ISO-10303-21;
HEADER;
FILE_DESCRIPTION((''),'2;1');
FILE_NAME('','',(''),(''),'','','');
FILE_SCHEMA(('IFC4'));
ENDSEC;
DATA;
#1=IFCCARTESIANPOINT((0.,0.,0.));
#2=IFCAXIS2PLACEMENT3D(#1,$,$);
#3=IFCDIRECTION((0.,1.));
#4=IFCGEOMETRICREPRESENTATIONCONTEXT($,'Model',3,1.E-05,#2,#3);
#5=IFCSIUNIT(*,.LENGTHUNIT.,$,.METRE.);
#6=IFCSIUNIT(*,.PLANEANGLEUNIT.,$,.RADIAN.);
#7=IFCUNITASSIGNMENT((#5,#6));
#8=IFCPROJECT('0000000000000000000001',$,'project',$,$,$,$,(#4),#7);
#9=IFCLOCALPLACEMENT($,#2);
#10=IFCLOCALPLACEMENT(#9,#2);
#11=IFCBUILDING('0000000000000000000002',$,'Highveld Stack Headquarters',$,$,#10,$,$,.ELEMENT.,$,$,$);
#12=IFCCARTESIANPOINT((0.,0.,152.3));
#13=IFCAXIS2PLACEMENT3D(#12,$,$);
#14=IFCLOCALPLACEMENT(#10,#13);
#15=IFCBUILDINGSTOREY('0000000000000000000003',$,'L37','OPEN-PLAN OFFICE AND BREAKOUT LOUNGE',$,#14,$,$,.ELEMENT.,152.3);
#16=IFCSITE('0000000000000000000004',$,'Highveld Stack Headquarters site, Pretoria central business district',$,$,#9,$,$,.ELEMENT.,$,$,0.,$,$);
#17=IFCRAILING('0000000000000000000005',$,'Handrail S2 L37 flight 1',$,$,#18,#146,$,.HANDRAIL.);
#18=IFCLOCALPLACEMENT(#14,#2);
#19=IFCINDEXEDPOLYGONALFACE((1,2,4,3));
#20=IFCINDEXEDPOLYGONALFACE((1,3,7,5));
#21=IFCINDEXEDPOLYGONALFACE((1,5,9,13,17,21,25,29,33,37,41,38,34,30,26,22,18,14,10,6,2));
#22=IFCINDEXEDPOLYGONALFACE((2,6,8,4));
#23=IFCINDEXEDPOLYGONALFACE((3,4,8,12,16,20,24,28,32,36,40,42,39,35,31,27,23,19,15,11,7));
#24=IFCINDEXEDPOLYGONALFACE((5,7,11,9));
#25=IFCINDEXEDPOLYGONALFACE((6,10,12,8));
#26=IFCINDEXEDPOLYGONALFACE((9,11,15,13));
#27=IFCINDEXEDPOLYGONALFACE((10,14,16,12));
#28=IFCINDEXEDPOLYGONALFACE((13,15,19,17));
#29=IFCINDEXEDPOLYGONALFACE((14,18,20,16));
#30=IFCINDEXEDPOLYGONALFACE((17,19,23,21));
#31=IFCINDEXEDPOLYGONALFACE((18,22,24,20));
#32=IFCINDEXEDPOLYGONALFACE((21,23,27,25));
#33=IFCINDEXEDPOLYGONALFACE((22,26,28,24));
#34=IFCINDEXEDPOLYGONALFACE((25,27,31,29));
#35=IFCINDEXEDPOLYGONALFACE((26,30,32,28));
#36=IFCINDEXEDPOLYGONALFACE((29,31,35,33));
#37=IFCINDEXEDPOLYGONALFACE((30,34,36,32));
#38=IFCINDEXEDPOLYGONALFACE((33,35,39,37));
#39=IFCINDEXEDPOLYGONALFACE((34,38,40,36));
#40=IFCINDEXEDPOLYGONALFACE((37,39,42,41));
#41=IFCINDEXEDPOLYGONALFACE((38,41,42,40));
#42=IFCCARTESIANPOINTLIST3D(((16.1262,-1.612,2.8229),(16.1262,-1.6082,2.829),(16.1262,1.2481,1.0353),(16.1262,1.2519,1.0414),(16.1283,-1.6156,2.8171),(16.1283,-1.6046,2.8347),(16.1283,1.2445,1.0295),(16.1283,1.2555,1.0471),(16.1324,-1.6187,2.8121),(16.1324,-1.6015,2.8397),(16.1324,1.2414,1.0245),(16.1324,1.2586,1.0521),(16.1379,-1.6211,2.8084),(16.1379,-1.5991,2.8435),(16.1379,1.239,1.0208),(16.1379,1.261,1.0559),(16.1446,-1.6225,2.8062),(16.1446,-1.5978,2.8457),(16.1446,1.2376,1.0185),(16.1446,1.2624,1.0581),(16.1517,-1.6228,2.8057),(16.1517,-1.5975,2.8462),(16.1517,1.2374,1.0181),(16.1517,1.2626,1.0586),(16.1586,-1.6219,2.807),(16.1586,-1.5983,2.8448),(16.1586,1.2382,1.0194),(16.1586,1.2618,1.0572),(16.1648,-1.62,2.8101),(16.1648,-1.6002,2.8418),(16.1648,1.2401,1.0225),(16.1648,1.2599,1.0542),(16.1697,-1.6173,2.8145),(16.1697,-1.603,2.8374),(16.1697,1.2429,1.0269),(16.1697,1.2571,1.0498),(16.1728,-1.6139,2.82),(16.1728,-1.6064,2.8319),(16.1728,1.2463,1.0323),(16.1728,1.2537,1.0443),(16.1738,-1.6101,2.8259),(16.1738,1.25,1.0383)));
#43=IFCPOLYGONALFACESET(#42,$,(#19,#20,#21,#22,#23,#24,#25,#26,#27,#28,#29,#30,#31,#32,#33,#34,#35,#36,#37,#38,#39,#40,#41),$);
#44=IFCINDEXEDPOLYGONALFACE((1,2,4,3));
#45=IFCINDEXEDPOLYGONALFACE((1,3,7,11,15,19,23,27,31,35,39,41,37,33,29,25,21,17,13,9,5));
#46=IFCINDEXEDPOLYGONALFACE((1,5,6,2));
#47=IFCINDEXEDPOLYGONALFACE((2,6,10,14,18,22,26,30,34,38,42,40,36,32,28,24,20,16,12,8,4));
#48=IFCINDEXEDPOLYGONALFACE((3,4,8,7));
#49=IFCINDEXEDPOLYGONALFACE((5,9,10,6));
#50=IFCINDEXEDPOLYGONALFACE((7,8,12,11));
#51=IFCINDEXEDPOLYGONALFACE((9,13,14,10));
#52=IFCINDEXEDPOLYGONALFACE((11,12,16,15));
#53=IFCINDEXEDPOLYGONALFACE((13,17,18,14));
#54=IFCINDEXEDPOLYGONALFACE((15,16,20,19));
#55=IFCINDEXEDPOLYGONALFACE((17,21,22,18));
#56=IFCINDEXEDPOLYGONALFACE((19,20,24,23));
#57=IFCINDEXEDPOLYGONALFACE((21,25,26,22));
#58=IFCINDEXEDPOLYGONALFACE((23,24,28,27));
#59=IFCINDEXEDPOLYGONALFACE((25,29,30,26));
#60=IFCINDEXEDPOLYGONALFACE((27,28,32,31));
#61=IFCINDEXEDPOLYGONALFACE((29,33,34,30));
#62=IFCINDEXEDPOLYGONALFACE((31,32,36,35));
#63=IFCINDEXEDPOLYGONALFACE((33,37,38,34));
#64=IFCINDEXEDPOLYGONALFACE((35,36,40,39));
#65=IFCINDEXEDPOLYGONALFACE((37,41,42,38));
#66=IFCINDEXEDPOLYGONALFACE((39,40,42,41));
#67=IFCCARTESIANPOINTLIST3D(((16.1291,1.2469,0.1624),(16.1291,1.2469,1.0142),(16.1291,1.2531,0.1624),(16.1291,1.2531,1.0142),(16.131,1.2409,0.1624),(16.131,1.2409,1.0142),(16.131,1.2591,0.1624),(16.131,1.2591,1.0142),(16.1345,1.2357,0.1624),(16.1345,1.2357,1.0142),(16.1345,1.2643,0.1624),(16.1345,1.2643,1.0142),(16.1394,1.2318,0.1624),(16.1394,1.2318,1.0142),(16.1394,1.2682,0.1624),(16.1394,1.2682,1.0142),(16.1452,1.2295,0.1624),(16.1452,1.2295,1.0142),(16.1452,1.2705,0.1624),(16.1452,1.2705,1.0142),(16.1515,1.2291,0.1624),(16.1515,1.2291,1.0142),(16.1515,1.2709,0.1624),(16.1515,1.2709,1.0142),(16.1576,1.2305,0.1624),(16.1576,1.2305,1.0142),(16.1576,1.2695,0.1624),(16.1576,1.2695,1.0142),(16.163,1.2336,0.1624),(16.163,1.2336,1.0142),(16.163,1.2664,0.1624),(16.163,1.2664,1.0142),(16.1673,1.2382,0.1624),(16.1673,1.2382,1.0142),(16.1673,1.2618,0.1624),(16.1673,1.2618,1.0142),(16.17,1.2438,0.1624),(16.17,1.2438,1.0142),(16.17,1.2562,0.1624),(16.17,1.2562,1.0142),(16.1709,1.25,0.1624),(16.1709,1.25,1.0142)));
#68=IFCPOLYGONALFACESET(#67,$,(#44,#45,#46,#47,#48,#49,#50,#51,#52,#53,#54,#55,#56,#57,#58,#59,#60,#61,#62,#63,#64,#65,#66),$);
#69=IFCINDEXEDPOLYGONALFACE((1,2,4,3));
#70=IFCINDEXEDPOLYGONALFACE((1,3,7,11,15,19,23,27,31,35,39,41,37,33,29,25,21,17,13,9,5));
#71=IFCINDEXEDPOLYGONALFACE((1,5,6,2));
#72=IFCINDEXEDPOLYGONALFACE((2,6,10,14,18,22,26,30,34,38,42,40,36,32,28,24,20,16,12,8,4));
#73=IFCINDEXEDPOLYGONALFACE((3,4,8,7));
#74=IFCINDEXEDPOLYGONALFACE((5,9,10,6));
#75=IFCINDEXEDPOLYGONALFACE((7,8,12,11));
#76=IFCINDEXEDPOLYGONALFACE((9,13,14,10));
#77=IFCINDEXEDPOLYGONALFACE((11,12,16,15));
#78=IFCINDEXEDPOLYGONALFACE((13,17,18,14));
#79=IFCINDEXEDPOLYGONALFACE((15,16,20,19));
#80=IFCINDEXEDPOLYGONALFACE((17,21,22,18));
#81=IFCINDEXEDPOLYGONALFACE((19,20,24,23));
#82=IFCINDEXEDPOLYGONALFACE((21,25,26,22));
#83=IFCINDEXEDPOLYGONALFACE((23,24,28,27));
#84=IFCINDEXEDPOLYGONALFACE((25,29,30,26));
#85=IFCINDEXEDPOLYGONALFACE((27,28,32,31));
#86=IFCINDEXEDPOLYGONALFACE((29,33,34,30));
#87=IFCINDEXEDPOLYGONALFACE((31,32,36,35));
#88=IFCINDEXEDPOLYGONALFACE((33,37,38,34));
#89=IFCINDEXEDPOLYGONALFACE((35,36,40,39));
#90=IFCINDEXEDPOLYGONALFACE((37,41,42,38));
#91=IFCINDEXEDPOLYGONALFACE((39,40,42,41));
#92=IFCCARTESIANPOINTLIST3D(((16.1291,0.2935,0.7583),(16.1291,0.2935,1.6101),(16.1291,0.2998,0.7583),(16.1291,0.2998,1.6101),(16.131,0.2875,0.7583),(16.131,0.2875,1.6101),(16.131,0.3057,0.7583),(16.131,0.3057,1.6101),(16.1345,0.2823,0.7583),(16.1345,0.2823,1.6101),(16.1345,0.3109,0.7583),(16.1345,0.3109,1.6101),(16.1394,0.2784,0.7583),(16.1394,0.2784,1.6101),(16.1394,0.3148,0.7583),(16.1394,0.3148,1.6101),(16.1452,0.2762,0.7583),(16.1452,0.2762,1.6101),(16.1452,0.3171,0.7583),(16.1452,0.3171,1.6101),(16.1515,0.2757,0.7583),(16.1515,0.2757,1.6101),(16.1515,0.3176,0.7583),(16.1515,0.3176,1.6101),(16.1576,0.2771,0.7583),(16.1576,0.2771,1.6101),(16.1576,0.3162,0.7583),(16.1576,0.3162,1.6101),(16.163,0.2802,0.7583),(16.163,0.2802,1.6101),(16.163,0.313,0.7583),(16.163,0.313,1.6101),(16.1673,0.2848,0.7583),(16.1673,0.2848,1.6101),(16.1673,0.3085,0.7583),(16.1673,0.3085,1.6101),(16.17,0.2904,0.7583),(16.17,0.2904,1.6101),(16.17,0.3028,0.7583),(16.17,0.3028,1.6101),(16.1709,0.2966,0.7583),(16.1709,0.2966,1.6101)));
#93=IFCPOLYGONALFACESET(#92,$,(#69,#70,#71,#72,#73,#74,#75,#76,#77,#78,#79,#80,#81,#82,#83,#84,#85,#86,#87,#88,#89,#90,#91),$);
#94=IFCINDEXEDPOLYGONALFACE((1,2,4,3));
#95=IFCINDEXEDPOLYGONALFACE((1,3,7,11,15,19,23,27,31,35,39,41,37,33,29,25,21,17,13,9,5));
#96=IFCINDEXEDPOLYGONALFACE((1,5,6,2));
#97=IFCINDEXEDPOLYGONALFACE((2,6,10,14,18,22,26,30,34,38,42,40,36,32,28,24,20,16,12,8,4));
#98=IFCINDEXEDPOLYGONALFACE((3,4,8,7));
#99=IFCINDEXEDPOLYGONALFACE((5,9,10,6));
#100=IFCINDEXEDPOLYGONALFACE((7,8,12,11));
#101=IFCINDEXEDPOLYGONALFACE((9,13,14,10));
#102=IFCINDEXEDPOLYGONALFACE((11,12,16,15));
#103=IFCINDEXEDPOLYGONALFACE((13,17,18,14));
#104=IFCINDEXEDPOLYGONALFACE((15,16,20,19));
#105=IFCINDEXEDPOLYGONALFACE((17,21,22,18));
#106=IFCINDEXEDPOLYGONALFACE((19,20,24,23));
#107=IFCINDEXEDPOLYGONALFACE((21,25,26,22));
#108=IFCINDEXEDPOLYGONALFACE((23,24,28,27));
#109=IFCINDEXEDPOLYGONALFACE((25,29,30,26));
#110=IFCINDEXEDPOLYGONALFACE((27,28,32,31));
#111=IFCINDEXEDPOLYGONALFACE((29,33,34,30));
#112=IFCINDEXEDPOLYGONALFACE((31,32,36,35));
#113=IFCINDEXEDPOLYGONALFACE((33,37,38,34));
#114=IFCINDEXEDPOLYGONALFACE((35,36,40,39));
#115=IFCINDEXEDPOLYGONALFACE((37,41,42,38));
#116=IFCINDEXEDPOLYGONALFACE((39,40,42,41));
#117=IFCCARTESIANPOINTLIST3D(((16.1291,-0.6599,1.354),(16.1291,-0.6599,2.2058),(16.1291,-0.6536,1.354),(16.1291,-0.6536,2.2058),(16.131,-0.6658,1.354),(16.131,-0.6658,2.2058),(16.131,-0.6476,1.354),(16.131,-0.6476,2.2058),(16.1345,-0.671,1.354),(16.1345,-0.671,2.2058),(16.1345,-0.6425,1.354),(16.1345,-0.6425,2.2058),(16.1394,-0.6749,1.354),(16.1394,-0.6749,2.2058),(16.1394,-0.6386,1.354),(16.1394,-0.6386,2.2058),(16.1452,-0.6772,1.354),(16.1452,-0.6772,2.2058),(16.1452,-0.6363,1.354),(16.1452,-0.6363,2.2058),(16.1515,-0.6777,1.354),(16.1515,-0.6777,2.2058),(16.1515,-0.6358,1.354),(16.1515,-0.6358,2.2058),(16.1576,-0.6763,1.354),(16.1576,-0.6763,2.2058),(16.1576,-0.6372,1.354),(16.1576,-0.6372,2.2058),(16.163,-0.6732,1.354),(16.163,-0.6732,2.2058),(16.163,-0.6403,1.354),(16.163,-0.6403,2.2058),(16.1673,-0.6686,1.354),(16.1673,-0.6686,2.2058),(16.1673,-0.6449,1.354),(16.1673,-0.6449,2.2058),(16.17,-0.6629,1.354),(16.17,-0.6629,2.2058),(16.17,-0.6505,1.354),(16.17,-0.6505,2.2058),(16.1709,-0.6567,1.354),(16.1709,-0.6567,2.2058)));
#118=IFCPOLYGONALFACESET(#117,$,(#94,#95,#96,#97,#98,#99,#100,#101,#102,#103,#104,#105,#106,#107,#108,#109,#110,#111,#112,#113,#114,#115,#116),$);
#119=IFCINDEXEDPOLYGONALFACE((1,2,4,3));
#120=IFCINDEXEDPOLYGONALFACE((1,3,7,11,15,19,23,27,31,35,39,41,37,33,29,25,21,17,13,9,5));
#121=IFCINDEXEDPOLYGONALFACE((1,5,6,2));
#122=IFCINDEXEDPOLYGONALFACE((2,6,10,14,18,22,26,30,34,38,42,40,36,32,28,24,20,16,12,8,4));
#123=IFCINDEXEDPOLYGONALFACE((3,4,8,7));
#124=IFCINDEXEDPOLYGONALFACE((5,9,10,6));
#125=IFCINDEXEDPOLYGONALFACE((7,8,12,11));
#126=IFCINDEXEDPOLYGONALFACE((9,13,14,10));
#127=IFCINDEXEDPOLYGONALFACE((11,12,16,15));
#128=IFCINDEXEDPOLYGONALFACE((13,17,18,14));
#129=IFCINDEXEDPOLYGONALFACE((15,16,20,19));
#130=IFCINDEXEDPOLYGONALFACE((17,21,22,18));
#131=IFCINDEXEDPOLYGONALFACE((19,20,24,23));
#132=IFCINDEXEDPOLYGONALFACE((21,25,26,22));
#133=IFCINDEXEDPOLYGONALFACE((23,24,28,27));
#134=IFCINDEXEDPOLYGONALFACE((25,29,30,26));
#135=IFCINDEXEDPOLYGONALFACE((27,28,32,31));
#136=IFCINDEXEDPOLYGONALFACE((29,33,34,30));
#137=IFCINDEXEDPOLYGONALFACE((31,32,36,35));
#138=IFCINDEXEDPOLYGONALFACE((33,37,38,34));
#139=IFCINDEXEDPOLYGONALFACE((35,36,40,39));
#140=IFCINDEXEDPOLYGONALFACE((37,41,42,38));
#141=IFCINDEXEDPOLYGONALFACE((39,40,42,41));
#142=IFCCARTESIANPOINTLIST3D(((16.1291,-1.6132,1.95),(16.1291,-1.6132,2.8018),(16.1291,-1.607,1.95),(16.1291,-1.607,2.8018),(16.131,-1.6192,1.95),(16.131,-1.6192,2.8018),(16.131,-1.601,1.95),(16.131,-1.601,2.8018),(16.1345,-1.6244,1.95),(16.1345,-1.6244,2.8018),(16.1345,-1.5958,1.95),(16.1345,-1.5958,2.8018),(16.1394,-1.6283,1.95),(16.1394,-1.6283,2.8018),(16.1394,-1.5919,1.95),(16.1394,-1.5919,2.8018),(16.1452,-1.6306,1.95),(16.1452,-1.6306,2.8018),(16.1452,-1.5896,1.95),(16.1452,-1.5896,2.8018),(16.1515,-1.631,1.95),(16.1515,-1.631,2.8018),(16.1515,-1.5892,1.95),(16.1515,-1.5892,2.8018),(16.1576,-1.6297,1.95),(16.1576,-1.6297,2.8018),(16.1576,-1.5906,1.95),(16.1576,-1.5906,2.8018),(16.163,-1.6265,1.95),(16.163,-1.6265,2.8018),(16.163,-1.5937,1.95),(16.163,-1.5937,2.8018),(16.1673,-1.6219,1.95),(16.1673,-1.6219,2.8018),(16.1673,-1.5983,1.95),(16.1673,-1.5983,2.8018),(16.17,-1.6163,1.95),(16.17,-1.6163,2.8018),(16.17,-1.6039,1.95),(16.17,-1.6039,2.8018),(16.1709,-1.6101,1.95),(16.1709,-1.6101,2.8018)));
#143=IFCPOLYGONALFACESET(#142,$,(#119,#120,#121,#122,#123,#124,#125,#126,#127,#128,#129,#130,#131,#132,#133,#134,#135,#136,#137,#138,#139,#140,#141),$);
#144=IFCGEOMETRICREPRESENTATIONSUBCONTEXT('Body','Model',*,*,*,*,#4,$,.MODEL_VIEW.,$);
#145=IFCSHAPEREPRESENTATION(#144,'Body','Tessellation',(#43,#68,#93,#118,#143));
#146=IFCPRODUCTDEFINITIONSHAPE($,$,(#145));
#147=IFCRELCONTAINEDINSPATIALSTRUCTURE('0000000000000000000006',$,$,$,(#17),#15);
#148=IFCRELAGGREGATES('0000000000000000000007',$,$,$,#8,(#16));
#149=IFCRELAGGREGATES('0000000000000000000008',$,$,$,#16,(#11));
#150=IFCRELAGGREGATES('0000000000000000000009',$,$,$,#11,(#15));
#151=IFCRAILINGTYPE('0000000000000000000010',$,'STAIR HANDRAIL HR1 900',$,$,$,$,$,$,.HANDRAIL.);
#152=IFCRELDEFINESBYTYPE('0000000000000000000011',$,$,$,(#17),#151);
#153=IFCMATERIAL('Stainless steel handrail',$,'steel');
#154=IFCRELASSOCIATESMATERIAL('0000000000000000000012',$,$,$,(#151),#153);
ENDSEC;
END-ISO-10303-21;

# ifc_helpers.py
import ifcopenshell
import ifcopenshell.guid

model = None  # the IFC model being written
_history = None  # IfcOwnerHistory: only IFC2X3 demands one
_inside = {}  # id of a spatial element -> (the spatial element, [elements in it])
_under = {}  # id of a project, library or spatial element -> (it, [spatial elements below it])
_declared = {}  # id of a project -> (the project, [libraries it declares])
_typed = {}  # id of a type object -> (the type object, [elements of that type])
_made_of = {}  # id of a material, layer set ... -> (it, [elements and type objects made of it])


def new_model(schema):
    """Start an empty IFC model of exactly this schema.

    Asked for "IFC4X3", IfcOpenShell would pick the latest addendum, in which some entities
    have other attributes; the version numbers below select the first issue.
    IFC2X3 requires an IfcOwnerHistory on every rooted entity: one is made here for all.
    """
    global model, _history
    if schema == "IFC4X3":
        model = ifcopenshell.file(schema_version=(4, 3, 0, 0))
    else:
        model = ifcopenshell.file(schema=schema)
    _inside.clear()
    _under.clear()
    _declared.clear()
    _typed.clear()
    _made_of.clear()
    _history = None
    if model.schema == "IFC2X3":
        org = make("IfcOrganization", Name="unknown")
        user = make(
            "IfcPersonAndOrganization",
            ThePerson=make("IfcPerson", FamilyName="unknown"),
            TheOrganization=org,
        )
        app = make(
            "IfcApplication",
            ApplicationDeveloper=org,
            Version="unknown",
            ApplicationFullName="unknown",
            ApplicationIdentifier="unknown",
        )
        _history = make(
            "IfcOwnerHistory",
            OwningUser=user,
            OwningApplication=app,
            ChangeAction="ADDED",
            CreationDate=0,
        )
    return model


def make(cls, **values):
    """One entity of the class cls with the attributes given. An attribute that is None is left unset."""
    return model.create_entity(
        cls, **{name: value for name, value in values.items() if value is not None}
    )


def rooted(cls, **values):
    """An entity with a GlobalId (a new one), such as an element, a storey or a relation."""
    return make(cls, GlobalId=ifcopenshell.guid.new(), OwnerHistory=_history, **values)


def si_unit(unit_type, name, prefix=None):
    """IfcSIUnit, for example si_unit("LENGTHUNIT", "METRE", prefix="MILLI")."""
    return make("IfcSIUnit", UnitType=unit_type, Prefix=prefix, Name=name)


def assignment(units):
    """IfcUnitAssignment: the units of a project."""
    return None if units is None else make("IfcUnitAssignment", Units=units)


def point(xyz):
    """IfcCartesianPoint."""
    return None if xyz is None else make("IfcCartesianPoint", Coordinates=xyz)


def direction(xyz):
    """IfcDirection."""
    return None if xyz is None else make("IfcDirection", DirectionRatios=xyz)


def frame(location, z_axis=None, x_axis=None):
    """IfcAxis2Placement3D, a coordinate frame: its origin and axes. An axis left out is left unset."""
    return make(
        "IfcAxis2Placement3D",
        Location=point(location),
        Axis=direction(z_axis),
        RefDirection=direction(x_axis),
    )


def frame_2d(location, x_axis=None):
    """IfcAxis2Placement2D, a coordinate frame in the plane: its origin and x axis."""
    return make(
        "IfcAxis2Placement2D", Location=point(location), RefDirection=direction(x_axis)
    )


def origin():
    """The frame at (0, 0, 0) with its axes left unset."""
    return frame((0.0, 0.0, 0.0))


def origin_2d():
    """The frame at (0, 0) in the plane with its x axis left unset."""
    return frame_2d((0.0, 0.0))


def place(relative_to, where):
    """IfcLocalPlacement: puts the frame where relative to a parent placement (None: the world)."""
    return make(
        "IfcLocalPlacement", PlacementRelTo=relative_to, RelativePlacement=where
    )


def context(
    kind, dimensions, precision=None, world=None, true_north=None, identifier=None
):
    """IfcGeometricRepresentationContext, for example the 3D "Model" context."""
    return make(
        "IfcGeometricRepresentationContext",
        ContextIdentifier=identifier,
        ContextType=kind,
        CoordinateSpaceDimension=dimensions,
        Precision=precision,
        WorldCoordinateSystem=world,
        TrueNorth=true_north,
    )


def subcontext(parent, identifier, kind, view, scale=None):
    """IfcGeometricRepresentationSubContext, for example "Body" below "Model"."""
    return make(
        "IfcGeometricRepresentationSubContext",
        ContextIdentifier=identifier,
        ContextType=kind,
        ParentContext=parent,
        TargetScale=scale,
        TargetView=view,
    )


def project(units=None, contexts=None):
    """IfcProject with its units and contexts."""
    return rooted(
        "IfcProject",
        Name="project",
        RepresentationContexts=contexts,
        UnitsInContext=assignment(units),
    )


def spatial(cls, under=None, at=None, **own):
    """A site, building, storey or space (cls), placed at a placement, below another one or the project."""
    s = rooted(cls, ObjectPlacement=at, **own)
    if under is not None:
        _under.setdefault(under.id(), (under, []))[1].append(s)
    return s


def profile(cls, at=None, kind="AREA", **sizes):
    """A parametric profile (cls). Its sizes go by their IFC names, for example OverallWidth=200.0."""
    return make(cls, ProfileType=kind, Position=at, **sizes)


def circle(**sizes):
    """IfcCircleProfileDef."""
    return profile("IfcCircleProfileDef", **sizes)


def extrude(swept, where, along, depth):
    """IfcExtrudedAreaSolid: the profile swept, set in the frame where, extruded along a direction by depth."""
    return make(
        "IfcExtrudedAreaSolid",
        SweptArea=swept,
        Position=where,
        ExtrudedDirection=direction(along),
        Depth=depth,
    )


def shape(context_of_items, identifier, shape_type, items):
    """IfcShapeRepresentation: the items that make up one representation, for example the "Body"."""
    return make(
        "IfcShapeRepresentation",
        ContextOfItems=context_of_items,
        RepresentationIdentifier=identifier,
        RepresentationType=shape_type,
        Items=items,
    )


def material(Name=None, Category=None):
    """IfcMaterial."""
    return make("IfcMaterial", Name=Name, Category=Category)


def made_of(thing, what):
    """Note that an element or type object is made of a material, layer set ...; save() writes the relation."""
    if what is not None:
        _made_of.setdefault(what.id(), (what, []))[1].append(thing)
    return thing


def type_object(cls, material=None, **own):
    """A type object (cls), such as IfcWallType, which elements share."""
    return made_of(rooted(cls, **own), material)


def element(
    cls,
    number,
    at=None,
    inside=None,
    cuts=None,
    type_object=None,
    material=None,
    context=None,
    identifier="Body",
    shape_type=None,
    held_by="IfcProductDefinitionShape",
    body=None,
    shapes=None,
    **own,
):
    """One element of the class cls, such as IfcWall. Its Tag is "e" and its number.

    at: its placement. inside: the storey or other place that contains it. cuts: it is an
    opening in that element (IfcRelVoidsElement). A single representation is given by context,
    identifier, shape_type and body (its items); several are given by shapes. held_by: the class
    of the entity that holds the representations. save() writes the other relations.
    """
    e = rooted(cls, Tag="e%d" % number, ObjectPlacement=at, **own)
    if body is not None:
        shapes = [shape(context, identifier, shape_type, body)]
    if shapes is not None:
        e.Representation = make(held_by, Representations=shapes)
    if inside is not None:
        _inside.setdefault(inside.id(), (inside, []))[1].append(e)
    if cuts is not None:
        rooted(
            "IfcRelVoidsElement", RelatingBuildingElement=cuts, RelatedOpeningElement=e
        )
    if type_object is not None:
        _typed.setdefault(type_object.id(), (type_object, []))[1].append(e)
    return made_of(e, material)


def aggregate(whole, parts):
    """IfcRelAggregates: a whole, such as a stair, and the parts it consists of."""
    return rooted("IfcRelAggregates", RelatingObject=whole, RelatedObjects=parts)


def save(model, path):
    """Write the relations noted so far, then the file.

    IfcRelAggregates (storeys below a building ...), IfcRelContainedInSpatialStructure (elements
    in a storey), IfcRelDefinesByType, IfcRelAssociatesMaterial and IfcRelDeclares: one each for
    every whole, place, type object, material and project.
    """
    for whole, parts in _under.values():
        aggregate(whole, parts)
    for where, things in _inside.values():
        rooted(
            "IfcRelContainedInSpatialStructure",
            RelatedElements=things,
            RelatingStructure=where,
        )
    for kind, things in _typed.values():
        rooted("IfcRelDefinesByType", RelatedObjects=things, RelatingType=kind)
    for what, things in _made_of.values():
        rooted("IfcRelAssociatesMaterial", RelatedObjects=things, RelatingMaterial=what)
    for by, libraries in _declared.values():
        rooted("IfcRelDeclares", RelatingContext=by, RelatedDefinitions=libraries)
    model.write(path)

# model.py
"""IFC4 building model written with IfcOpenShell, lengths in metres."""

from ifc_helpers import new_model, si_unit, direction, frame, origin, origin_2d, place, context, subcontext, project, spatial, circle, extrude, material, type_object, element, save


model = new_model("IFC4")

# Units and contexts
model_context = context("Model", 3, precision=1e-05, world=origin(), true_north=direction((0.0, 1.0)))
body_context = subcontext(model_context, "Body", "Model", "MODEL_VIEW")
ifc_project = project(units=[si_unit("LENGTHUNIT", "METRE"), si_unit("PLANEANGLEUNIT", "RADIAN")], contexts=[model_context])

# Site, building, storey
site_placement = place(None, origin())
site = spatial("IfcSite", under=ifc_project, at=site_placement, Name="Highveld Stack Headquarters site, Pretoria central business district", CompositionType="ELEMENT", RefElevation=0.0)
building_placement = place(site_placement, origin())
building = spatial("IfcBuilding", under=site, at=building_placement, Name="Highveld Stack Headquarters", CompositionType="ELEMENT")
storey_placement = place(building_placement, frame((0.0, 0.0, 152.3)))
storey = spatial("IfcBuildingStorey", under=building, at=storey_placement, Name="L37", Description="OPEN-PLAN OFFICE AND BREAKOUT LOUNGE", CompositionType="ELEMENT", Elevation=152.3)

# Railing
ifc_material_1 = material(Name="Stainless steel handrail", Category="steel")
railing_type = type_object("IfcRailingType", Name="STAIR HANDRAIL HR1 900", PredefinedType="HANDRAIL", material=ifc_material_1)
for number, where, name in (
    (1, (16.1499, 1.25, 0.1624), "Handrail S2 L37 flight 1"),
):
    element("IfcRailing", number, at=place(storey_placement, frame(where)), inside=storey, type_object=railing_type, Name=name, PredefinedType="HANDRAIL", context=body_context, shape_type="SweptSolid", body=[
        extrude(circle(Radius=0.0239, at=origin_2d()), frame((0.0, 0.0, 0.876), z_axis=(0.0, -0.847994, 0.530005), x_axis=(1.0, 0.0, 0.0)), (0.0, 0.0, 1.0), 3.3728),
        extrude(circle(Radius=0.021, at=origin_2d()), origin(), (0.0, 0.0, 1.0), 0.8518),
        extrude(circle(Radius=0.021, at=origin_2d()), frame((0.0, -0.9534, 0.5959)), (0.0, 0.0, 1.0), 0.8518),
        extrude(circle(Radius=0.021, at=origin_2d()), frame((0.0, -1.9067, 1.1917)), (0.0, 0.0, 1.0), 0.8518),
        extrude(circle(Radius=0.021, at=origin_2d()), frame((0.0, -2.8601, 1.7876)), (0.0, 0.0, 1.0), 0.8518),
    ])

save(model, "model.ifc")
